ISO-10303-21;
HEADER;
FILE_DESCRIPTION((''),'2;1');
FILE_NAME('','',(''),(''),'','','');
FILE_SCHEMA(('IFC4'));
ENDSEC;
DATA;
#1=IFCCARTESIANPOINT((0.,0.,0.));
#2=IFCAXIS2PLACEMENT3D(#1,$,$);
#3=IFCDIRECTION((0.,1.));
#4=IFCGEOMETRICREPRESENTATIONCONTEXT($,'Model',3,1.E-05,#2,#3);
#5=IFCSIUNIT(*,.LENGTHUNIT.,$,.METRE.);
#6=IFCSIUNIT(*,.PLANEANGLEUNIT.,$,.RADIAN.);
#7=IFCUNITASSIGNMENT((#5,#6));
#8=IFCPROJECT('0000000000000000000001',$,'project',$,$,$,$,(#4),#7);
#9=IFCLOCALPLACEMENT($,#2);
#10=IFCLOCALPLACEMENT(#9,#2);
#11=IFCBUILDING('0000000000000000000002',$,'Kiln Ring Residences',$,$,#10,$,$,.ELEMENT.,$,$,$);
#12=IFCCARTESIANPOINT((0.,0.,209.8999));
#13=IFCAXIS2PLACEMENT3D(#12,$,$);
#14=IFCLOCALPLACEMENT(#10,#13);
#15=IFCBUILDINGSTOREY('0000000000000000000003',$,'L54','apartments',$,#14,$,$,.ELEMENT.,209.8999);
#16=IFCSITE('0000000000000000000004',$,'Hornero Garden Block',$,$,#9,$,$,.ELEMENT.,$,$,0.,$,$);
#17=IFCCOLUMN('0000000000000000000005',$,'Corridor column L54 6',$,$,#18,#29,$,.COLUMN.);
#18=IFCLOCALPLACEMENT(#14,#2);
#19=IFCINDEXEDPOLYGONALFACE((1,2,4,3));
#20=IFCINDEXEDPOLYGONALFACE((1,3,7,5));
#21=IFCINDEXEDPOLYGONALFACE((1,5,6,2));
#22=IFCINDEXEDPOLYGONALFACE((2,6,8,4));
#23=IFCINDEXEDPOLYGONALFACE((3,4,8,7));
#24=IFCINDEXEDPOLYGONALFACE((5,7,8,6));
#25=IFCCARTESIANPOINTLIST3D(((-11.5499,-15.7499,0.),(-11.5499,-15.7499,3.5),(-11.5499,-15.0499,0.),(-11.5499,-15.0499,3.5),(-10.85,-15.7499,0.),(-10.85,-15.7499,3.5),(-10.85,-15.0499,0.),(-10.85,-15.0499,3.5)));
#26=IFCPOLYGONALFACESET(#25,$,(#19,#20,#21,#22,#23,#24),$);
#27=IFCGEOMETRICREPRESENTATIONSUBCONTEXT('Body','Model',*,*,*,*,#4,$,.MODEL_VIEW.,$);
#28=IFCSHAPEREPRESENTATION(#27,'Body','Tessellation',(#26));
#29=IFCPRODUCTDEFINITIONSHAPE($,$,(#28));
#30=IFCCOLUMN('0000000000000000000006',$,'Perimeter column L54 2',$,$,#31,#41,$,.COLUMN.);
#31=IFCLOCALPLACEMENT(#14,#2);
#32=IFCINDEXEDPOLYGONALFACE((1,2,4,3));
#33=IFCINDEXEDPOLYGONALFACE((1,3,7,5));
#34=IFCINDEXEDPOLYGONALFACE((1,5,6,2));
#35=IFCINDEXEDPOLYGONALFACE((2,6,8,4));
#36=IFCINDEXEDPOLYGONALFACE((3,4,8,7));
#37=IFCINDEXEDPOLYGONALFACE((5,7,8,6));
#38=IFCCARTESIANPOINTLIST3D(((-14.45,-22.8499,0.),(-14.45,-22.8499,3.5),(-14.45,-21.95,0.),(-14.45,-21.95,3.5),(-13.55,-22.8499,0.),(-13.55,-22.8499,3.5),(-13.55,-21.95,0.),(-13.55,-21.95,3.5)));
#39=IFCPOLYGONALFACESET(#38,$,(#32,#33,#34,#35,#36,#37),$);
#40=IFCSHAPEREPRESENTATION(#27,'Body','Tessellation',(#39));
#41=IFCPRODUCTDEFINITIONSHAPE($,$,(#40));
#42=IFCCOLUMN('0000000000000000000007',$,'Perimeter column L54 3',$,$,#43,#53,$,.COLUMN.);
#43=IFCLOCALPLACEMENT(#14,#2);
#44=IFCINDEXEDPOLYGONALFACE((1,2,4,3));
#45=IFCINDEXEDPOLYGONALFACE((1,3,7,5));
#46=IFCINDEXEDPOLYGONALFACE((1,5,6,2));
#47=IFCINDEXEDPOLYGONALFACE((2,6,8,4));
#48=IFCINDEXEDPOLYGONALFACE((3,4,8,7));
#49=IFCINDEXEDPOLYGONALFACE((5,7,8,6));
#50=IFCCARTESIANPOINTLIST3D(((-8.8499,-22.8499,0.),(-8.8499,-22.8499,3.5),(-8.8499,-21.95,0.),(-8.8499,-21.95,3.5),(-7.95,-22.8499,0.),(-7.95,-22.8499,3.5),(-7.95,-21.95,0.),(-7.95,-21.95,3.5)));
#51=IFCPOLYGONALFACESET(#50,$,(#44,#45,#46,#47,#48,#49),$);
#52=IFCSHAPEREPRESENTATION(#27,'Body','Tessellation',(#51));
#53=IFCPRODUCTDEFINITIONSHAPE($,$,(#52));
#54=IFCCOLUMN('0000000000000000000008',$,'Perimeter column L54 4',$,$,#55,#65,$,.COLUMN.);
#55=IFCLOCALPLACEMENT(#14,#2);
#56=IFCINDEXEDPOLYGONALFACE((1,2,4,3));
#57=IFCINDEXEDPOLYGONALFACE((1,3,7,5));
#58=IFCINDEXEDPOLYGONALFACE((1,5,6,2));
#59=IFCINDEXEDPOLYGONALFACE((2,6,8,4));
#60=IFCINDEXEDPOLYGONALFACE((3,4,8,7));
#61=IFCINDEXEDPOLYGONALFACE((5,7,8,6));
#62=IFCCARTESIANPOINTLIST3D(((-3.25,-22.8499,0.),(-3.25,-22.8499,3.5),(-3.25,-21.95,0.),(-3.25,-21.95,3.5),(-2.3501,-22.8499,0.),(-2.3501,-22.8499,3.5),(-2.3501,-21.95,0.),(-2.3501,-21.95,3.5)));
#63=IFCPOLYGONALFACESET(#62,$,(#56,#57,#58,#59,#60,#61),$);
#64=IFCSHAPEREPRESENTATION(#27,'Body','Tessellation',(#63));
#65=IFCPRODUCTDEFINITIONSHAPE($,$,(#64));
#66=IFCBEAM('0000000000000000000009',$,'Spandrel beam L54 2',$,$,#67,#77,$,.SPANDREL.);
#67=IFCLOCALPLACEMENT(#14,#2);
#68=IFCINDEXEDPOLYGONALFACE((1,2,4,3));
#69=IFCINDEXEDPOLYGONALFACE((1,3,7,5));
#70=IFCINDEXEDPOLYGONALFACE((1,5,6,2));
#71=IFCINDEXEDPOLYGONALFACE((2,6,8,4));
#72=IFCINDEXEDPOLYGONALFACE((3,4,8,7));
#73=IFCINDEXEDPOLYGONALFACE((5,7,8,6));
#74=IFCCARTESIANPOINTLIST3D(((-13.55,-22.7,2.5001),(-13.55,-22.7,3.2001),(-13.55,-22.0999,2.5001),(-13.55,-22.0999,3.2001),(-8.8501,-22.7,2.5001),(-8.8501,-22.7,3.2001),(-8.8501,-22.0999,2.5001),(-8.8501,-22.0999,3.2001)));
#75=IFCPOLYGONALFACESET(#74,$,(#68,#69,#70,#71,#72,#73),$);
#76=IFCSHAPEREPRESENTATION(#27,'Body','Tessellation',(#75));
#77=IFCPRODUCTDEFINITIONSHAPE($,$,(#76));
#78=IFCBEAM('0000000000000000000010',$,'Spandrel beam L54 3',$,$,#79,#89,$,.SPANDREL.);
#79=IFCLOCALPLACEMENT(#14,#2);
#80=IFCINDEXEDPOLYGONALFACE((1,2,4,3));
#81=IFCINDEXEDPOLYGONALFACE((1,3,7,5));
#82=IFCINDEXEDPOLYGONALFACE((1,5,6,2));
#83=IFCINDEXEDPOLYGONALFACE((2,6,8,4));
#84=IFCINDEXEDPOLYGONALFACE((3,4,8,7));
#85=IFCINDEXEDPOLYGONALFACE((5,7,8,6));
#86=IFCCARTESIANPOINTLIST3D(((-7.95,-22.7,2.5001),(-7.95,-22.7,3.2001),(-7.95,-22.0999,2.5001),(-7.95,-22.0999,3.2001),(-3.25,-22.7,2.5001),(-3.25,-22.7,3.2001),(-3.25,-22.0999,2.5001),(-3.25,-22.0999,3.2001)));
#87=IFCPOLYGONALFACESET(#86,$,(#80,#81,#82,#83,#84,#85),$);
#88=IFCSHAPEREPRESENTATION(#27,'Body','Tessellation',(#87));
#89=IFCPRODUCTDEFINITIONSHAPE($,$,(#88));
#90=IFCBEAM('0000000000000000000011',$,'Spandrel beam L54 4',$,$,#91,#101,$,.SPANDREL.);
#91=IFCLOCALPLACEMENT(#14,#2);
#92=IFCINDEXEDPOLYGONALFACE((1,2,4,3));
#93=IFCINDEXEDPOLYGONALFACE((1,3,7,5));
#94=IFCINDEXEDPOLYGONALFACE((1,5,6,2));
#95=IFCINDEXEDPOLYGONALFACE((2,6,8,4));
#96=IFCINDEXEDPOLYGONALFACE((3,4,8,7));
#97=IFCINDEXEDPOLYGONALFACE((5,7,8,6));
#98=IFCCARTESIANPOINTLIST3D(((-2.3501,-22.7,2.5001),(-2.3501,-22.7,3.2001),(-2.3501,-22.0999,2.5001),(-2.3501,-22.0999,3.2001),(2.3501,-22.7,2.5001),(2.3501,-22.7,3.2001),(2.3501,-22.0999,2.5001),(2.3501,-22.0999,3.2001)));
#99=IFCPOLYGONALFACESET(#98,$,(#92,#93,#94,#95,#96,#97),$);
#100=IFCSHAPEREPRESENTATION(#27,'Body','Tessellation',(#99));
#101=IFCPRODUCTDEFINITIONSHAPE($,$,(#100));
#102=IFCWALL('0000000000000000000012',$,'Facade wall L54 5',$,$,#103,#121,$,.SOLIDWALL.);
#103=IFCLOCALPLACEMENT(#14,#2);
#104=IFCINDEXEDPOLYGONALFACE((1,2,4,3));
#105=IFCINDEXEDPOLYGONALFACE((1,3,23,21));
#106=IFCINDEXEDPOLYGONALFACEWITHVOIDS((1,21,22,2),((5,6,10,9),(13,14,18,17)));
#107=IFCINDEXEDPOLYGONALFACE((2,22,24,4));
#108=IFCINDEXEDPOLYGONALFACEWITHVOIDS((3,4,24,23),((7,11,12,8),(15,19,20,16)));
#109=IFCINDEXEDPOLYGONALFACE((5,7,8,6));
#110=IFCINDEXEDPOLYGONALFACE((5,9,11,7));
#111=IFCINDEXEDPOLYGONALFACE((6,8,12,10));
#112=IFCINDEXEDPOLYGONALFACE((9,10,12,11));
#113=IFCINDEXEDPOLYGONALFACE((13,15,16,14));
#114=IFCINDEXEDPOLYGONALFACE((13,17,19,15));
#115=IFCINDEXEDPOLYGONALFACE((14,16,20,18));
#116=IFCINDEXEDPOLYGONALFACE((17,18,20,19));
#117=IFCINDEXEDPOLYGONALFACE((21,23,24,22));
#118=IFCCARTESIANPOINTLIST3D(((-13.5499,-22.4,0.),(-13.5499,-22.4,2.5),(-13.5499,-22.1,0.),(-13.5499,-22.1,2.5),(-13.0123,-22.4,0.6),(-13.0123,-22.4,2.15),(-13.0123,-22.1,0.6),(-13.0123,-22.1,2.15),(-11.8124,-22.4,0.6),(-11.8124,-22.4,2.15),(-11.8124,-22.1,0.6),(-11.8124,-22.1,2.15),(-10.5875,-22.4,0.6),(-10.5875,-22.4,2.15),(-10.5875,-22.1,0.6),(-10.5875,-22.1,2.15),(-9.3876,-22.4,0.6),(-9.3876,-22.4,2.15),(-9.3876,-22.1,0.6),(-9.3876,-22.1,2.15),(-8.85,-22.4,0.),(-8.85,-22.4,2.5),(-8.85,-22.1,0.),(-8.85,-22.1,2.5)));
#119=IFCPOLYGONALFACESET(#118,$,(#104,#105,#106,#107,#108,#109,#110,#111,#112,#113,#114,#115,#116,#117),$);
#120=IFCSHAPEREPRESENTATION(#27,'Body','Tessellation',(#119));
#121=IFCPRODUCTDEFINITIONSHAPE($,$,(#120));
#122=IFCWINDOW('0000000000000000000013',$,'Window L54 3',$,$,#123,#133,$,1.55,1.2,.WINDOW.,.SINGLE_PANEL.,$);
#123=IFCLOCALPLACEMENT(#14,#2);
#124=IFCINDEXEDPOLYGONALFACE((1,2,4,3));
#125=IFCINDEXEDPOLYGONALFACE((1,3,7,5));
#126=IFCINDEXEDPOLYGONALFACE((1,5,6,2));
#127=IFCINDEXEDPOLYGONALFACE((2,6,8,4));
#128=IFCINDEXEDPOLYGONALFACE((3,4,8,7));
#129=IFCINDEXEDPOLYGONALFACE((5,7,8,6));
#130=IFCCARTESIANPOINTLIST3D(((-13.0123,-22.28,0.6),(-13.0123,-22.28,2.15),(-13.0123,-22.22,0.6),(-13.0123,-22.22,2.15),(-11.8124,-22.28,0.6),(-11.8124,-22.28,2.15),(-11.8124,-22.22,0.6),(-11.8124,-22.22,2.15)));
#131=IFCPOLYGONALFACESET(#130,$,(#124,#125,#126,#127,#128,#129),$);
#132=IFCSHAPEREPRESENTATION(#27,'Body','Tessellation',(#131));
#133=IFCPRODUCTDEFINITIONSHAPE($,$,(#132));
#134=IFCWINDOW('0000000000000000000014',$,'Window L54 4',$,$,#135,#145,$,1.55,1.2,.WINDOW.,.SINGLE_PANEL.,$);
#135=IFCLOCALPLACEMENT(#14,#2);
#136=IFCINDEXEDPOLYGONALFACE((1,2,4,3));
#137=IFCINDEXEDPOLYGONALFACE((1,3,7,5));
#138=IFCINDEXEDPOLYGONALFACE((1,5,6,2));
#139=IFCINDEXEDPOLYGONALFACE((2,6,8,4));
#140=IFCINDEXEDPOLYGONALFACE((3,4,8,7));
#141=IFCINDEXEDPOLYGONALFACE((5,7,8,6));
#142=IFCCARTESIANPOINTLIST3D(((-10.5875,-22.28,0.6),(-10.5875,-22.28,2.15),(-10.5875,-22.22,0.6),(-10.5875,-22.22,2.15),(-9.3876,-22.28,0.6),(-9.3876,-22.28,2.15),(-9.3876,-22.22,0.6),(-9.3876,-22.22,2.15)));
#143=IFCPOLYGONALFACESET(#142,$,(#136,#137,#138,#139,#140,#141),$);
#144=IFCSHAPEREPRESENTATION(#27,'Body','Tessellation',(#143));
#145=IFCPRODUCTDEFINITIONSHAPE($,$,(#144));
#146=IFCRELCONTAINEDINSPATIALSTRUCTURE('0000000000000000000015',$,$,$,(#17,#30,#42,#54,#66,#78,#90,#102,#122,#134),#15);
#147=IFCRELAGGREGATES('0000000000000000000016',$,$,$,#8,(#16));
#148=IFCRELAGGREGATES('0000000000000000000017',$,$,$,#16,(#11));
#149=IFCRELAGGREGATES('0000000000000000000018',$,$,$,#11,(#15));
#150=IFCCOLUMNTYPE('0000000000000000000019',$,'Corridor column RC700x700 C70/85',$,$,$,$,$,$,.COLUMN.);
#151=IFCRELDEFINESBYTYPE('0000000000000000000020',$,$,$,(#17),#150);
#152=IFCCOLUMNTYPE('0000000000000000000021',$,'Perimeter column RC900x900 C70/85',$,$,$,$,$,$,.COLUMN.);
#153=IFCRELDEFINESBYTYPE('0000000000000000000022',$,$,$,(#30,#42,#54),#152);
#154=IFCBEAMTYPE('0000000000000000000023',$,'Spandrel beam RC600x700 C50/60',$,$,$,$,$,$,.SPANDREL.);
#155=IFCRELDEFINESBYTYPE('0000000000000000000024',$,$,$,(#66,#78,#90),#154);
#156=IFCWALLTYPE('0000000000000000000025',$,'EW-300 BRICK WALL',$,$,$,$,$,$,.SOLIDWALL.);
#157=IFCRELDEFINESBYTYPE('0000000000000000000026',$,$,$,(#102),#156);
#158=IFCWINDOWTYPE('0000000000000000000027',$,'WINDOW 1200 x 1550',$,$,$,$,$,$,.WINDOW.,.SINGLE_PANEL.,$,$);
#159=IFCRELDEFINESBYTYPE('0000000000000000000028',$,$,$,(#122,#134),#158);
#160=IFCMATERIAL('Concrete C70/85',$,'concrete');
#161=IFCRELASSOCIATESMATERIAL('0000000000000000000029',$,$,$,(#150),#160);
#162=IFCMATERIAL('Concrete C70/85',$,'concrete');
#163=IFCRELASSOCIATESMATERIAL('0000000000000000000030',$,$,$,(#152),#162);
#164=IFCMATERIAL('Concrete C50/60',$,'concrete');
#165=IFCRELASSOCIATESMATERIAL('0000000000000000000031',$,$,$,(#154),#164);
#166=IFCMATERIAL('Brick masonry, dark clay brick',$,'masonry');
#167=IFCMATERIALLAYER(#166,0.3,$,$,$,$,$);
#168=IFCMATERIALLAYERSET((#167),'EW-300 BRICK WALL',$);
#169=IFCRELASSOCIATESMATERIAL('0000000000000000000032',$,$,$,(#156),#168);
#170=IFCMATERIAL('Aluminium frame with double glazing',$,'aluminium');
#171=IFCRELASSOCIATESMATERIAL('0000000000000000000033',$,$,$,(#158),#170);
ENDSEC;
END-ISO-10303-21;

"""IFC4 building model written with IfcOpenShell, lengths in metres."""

from ifc_helpers import new_model, si_unit, direction, frame, frame_2d, origin, origin_2d, place, context, subcontext, project, spatial, rectangle, extrude, material, layer, layer_set, material_profile, profile_set, type_object, element, fill, save


model = new_model("IFC4")

# Units and contexts
model_context = context("Model", 3, precision=1e-05, world=origin(), true_north=direction((0.0, 1.0)))
body_context = subcontext(model_context, "Body", "Model", "MODEL_VIEW")
ifc_project = project(units=[si_unit("LENGTHUNIT", "METRE"), si_unit("PLANEANGLEUNIT", "RADIAN")], contexts=[model_context])

# Site, building, storey
site_placement = place(None, origin())
site = spatial("IfcSite", under=ifc_project, at=site_placement, Name="Hornero Garden Block", CompositionType="ELEMENT", RefElevation=0.0)
building_placement = place(site_placement, origin())
building = spatial("IfcBuilding", under=site, at=building_placement, Name="Kiln Ring Residences", CompositionType="ELEMENT")
storey_placement = place(building_placement, frame((0.0, 0.0, 209.8999)))
storey = spatial("IfcBuildingStorey", under=building, at=storey_placement, Name="L54", Description="apartments", CompositionType="ELEMENT", Elevation=209.8999)

# Columns
ifc_material_1 = material(Name="Concrete C70/85", Category="concrete")
ifc_material_profile_1 = material_profile(ifc_material_1, rectangle(XDim=0.7, YDim=0.7, at=origin_2d()), Name="RC700x700")
ifc_profile_set_1 = profile_set([ifc_material_profile_1], Name="Concrete C70/85")
column_type_1 = type_object("IfcColumnType", Name="Corridor column RC700x700 C70/85", PredefinedType="COLUMN", material=ifc_profile_set_1)
column_placement = place(storey_placement, frame((-11.2, -15.3999, 0.0), z_axis=(0.0, 0.0, 1.0), x_axis=(1.0, 0.0, 0.0)))
element("IfcColumn", 1, at=column_placement, inside=storey, type_object=column_type_1, Name="Corridor column L54 6", PredefinedType="COLUMN", context=body_context, shape_type="SweptSolid", body=[
    extrude(rectangle(XDim=0.7, YDim=0.7, at=origin_2d()), origin(), (0.0, 0.0, 1.0), 3.5),
])
ifc_material_2 = material(Name="Concrete C70/85", Category="concrete")
ifc_material_profile_2 = material_profile(ifc_material_2, rectangle(XDim=0.8999, YDim=0.8999, at=origin_2d()), Name="RC900x900")
ifc_profile_set_2 = profile_set([ifc_material_profile_2], Name="Concrete C70/85")
column_type_2 = type_object("IfcColumnType", Name="Perimeter column RC900x900 C70/85", PredefinedType="COLUMN", material=ifc_profile_set_2)
for number, where, z_axis, x_axis, name in (
    (2, (-14.0, -22.3999, 0.0), (0.0, 0.0, 1.0), (1.0, 0.0, 0.0), "Perimeter column L54 2"),
    (3, (-8.3999, -22.3999, 0.0), (0.0, 0.0, 1.0), (1.0, 0.0, 0.0), "Perimeter column L54 3"),
    (4, (-2.8, -22.3999, 0.0), (0.0, 0.0, 1.0), (1.0, 0.0, 0.0), "Perimeter column L54 4"),
):
    element("IfcColumn", number, at=place(storey_placement, frame(where, z_axis=z_axis, x_axis=x_axis)), inside=storey, type_object=column_type_2, Name=name, PredefinedType="COLUMN", context=body_context, shape_type="SweptSolid", body=[
        extrude(rectangle(XDim=0.8999, YDim=0.8999, at=origin_2d()), origin(), (0.0, 0.0, 1.0), 3.5),
    ])

# Beams
ifc_material_3 = material(Name="Concrete C50/60", Category="concrete")
ifc_material_profile_3 = material_profile(ifc_material_3, rectangle(XDim=0.6001, YDim=0.7, at=origin_2d()), Name="RC600x700")
ifc_profile_set_3 = profile_set([ifc_material_profile_3], Name="Concrete C50/60")
beam_type = type_object("IfcBeamType", Name="Spandrel beam RC600x700 C50/60", PredefinedType="SPANDREL", material=ifc_profile_set_3)
for number, where, z_axis, x_axis, name in (
    (5, (-13.55, -22.3999, 2.8501), (1.0, 0.0, 0.0), (0.0, 1.0, 0.0), "Spandrel beam L54 2"),
    (6, (-7.95, -22.3999, 2.8501), (1.0, 0.0, 0.0), (0.0, 1.0, 0.0), "Spandrel beam L54 3"),
):
    element("IfcBeam", number, at=place(storey_placement, frame(where, z_axis=z_axis, x_axis=x_axis)), inside=storey, type_object=beam_type, Name=name, PredefinedType="SPANDREL", context=body_context, shape_type="SweptSolid", body=[
        extrude(rectangle(XDim=0.6001, YDim=0.7, at=origin_2d()), origin(), (0.0, 0.0, 1.0), 4.7),
    ])
beam_placement = place(storey_placement, frame((-2.3501, -22.3999, 2.8501), z_axis=(1.0, 0.0, 0.0), x_axis=(0.0, 1.0, 0.0)))
element("IfcBeam", 7, at=beam_placement, inside=storey, type_object=beam_type, Name="Spandrel beam L54 4", PredefinedType="SPANDREL", context=body_context, shape_type="SweptSolid", body=[
    extrude(rectangle(XDim=0.6001, YDim=0.7, at=origin_2d()), origin(), (0.0, 0.0, 1.0), 4.7002),
])

# Wall, openings, windows
ifc_material_4 = material(Name="Brick masonry, dark clay brick", Category="masonry")
ifc_layer_1 = layer(ifc_material_4, 0.3)
ifc_layer_set_1 = layer_set([ifc_layer_1], Name="EW-300 BRICK WALL")
wall_type_1 = type_object("IfcWallType", Name="EW-300 BRICK WALL", PredefinedType="SOLIDWALL", material=ifc_layer_set_1)
wall_1_placement = place(storey_placement, frame((-13.55, -22.25, 0.0), z_axis=(0.0, 0.0, 1.0), x_axis=(1.0, 0.0, 0.0)))
wall_1 = element("IfcWall", 8, at=wall_1_placement, inside=storey, type_object=wall_type_1, Name="Facade wall L54 5", PredefinedType="SOLIDWALL", context=body_context, shape_type="SweptSolid", body=[
    extrude(rectangle(XDim=4.7, YDim=0.3, at=frame_2d((2.3501, 0.0))), origin(), (0.0, 0.0, 1.0), 2.5),
])
opening_1_placement = place(wall_1_placement, frame((0.5376, 0.0, 0.6001)))
opening_1 = element("IfcOpeningElement", 9, at=opening_1_placement, cuts=wall_1, PredefinedType="OPENING", context=body_context, shape_type="SweptSolid", body=[
    extrude(rectangle(XDim=1.2, YDim=1.55, at=frame_2d((0.6001, 0.7749))), frame((0.0, 0.1599, 0.0), z_axis=(0.0, -1.0, 0.0), x_axis=(1.0, 0.0, 0.0)), (0.0, 0.0, 1.0), 0.3201),
])
opening_2_placement = place(wall_1_placement, frame((2.9624, 0.0, 0.6001)))
opening_2 = element("IfcOpeningElement", 10, at=opening_2_placement, cuts=wall_1, PredefinedType="OPENING", context=body_context, shape_type="SweptSolid", body=[
    extrude(rectangle(XDim=1.2, YDim=1.55, at=frame_2d((0.6001, 0.7749))), frame((0.0, 0.1599, 0.0), z_axis=(0.0, -1.0, 0.0), x_axis=(1.0, 0.0, 0.0)), (0.0, 0.0, 1.0), 0.3201),
])
ifc_material_5 = material(Name="Aluminium frame with double glazing", Category="aluminium")
window_type = type_object("IfcWindowType", Name="WINDOW 1200 x 1550", PartitioningType="SINGLE_PANEL", PredefinedType="WINDOW", material=ifc_material_5)
window_1_placement = place(opening_1_placement, origin())
window_1 = element("IfcWindow", 11, at=window_1_placement, inside=storey, type_object=window_type, Name="Window L54 3", OverallHeight=1.55, OverallWidth=1.2, PartitioningType="SINGLE_PANEL", PredefinedType="WINDOW", context=body_context, shape_type="SweptSolid", body=[
    extrude(rectangle(XDim=1.2, YDim=1.55, at=frame_2d((0.6001, 0.7749))), frame((0.0, 0.03, 0.0), z_axis=(0.0, -1.0, 0.0), x_axis=(1.0, 0.0, 0.0)), (0.0, 0.0, 1.0), 0.0601),
])
fill(opening_1, window_1)
window_2_placement = place(opening_2_placement, origin())
window_2 = element("IfcWindow", 12, at=window_2_placement, inside=storey, type_object=window_type, Name="Window L54 4", OverallHeight=1.55, OverallWidth=1.2, PartitioningType="SINGLE_PANEL", PredefinedType="WINDOW", context=body_context, shape_type="SweptSolid", body=[
    extrude(rectangle(XDim=1.2, YDim=1.55, at=frame_2d((0.6001, 0.7749))), frame((0.0, 0.03, 0.0), z_axis=(0.0, -1.0, 0.0), x_axis=(1.0, 0.0, 0.0)), (0.0, 0.0, 1.0), 0.0601),
])
fill(opening_2, window_2)

save(model, "model.ifc")
